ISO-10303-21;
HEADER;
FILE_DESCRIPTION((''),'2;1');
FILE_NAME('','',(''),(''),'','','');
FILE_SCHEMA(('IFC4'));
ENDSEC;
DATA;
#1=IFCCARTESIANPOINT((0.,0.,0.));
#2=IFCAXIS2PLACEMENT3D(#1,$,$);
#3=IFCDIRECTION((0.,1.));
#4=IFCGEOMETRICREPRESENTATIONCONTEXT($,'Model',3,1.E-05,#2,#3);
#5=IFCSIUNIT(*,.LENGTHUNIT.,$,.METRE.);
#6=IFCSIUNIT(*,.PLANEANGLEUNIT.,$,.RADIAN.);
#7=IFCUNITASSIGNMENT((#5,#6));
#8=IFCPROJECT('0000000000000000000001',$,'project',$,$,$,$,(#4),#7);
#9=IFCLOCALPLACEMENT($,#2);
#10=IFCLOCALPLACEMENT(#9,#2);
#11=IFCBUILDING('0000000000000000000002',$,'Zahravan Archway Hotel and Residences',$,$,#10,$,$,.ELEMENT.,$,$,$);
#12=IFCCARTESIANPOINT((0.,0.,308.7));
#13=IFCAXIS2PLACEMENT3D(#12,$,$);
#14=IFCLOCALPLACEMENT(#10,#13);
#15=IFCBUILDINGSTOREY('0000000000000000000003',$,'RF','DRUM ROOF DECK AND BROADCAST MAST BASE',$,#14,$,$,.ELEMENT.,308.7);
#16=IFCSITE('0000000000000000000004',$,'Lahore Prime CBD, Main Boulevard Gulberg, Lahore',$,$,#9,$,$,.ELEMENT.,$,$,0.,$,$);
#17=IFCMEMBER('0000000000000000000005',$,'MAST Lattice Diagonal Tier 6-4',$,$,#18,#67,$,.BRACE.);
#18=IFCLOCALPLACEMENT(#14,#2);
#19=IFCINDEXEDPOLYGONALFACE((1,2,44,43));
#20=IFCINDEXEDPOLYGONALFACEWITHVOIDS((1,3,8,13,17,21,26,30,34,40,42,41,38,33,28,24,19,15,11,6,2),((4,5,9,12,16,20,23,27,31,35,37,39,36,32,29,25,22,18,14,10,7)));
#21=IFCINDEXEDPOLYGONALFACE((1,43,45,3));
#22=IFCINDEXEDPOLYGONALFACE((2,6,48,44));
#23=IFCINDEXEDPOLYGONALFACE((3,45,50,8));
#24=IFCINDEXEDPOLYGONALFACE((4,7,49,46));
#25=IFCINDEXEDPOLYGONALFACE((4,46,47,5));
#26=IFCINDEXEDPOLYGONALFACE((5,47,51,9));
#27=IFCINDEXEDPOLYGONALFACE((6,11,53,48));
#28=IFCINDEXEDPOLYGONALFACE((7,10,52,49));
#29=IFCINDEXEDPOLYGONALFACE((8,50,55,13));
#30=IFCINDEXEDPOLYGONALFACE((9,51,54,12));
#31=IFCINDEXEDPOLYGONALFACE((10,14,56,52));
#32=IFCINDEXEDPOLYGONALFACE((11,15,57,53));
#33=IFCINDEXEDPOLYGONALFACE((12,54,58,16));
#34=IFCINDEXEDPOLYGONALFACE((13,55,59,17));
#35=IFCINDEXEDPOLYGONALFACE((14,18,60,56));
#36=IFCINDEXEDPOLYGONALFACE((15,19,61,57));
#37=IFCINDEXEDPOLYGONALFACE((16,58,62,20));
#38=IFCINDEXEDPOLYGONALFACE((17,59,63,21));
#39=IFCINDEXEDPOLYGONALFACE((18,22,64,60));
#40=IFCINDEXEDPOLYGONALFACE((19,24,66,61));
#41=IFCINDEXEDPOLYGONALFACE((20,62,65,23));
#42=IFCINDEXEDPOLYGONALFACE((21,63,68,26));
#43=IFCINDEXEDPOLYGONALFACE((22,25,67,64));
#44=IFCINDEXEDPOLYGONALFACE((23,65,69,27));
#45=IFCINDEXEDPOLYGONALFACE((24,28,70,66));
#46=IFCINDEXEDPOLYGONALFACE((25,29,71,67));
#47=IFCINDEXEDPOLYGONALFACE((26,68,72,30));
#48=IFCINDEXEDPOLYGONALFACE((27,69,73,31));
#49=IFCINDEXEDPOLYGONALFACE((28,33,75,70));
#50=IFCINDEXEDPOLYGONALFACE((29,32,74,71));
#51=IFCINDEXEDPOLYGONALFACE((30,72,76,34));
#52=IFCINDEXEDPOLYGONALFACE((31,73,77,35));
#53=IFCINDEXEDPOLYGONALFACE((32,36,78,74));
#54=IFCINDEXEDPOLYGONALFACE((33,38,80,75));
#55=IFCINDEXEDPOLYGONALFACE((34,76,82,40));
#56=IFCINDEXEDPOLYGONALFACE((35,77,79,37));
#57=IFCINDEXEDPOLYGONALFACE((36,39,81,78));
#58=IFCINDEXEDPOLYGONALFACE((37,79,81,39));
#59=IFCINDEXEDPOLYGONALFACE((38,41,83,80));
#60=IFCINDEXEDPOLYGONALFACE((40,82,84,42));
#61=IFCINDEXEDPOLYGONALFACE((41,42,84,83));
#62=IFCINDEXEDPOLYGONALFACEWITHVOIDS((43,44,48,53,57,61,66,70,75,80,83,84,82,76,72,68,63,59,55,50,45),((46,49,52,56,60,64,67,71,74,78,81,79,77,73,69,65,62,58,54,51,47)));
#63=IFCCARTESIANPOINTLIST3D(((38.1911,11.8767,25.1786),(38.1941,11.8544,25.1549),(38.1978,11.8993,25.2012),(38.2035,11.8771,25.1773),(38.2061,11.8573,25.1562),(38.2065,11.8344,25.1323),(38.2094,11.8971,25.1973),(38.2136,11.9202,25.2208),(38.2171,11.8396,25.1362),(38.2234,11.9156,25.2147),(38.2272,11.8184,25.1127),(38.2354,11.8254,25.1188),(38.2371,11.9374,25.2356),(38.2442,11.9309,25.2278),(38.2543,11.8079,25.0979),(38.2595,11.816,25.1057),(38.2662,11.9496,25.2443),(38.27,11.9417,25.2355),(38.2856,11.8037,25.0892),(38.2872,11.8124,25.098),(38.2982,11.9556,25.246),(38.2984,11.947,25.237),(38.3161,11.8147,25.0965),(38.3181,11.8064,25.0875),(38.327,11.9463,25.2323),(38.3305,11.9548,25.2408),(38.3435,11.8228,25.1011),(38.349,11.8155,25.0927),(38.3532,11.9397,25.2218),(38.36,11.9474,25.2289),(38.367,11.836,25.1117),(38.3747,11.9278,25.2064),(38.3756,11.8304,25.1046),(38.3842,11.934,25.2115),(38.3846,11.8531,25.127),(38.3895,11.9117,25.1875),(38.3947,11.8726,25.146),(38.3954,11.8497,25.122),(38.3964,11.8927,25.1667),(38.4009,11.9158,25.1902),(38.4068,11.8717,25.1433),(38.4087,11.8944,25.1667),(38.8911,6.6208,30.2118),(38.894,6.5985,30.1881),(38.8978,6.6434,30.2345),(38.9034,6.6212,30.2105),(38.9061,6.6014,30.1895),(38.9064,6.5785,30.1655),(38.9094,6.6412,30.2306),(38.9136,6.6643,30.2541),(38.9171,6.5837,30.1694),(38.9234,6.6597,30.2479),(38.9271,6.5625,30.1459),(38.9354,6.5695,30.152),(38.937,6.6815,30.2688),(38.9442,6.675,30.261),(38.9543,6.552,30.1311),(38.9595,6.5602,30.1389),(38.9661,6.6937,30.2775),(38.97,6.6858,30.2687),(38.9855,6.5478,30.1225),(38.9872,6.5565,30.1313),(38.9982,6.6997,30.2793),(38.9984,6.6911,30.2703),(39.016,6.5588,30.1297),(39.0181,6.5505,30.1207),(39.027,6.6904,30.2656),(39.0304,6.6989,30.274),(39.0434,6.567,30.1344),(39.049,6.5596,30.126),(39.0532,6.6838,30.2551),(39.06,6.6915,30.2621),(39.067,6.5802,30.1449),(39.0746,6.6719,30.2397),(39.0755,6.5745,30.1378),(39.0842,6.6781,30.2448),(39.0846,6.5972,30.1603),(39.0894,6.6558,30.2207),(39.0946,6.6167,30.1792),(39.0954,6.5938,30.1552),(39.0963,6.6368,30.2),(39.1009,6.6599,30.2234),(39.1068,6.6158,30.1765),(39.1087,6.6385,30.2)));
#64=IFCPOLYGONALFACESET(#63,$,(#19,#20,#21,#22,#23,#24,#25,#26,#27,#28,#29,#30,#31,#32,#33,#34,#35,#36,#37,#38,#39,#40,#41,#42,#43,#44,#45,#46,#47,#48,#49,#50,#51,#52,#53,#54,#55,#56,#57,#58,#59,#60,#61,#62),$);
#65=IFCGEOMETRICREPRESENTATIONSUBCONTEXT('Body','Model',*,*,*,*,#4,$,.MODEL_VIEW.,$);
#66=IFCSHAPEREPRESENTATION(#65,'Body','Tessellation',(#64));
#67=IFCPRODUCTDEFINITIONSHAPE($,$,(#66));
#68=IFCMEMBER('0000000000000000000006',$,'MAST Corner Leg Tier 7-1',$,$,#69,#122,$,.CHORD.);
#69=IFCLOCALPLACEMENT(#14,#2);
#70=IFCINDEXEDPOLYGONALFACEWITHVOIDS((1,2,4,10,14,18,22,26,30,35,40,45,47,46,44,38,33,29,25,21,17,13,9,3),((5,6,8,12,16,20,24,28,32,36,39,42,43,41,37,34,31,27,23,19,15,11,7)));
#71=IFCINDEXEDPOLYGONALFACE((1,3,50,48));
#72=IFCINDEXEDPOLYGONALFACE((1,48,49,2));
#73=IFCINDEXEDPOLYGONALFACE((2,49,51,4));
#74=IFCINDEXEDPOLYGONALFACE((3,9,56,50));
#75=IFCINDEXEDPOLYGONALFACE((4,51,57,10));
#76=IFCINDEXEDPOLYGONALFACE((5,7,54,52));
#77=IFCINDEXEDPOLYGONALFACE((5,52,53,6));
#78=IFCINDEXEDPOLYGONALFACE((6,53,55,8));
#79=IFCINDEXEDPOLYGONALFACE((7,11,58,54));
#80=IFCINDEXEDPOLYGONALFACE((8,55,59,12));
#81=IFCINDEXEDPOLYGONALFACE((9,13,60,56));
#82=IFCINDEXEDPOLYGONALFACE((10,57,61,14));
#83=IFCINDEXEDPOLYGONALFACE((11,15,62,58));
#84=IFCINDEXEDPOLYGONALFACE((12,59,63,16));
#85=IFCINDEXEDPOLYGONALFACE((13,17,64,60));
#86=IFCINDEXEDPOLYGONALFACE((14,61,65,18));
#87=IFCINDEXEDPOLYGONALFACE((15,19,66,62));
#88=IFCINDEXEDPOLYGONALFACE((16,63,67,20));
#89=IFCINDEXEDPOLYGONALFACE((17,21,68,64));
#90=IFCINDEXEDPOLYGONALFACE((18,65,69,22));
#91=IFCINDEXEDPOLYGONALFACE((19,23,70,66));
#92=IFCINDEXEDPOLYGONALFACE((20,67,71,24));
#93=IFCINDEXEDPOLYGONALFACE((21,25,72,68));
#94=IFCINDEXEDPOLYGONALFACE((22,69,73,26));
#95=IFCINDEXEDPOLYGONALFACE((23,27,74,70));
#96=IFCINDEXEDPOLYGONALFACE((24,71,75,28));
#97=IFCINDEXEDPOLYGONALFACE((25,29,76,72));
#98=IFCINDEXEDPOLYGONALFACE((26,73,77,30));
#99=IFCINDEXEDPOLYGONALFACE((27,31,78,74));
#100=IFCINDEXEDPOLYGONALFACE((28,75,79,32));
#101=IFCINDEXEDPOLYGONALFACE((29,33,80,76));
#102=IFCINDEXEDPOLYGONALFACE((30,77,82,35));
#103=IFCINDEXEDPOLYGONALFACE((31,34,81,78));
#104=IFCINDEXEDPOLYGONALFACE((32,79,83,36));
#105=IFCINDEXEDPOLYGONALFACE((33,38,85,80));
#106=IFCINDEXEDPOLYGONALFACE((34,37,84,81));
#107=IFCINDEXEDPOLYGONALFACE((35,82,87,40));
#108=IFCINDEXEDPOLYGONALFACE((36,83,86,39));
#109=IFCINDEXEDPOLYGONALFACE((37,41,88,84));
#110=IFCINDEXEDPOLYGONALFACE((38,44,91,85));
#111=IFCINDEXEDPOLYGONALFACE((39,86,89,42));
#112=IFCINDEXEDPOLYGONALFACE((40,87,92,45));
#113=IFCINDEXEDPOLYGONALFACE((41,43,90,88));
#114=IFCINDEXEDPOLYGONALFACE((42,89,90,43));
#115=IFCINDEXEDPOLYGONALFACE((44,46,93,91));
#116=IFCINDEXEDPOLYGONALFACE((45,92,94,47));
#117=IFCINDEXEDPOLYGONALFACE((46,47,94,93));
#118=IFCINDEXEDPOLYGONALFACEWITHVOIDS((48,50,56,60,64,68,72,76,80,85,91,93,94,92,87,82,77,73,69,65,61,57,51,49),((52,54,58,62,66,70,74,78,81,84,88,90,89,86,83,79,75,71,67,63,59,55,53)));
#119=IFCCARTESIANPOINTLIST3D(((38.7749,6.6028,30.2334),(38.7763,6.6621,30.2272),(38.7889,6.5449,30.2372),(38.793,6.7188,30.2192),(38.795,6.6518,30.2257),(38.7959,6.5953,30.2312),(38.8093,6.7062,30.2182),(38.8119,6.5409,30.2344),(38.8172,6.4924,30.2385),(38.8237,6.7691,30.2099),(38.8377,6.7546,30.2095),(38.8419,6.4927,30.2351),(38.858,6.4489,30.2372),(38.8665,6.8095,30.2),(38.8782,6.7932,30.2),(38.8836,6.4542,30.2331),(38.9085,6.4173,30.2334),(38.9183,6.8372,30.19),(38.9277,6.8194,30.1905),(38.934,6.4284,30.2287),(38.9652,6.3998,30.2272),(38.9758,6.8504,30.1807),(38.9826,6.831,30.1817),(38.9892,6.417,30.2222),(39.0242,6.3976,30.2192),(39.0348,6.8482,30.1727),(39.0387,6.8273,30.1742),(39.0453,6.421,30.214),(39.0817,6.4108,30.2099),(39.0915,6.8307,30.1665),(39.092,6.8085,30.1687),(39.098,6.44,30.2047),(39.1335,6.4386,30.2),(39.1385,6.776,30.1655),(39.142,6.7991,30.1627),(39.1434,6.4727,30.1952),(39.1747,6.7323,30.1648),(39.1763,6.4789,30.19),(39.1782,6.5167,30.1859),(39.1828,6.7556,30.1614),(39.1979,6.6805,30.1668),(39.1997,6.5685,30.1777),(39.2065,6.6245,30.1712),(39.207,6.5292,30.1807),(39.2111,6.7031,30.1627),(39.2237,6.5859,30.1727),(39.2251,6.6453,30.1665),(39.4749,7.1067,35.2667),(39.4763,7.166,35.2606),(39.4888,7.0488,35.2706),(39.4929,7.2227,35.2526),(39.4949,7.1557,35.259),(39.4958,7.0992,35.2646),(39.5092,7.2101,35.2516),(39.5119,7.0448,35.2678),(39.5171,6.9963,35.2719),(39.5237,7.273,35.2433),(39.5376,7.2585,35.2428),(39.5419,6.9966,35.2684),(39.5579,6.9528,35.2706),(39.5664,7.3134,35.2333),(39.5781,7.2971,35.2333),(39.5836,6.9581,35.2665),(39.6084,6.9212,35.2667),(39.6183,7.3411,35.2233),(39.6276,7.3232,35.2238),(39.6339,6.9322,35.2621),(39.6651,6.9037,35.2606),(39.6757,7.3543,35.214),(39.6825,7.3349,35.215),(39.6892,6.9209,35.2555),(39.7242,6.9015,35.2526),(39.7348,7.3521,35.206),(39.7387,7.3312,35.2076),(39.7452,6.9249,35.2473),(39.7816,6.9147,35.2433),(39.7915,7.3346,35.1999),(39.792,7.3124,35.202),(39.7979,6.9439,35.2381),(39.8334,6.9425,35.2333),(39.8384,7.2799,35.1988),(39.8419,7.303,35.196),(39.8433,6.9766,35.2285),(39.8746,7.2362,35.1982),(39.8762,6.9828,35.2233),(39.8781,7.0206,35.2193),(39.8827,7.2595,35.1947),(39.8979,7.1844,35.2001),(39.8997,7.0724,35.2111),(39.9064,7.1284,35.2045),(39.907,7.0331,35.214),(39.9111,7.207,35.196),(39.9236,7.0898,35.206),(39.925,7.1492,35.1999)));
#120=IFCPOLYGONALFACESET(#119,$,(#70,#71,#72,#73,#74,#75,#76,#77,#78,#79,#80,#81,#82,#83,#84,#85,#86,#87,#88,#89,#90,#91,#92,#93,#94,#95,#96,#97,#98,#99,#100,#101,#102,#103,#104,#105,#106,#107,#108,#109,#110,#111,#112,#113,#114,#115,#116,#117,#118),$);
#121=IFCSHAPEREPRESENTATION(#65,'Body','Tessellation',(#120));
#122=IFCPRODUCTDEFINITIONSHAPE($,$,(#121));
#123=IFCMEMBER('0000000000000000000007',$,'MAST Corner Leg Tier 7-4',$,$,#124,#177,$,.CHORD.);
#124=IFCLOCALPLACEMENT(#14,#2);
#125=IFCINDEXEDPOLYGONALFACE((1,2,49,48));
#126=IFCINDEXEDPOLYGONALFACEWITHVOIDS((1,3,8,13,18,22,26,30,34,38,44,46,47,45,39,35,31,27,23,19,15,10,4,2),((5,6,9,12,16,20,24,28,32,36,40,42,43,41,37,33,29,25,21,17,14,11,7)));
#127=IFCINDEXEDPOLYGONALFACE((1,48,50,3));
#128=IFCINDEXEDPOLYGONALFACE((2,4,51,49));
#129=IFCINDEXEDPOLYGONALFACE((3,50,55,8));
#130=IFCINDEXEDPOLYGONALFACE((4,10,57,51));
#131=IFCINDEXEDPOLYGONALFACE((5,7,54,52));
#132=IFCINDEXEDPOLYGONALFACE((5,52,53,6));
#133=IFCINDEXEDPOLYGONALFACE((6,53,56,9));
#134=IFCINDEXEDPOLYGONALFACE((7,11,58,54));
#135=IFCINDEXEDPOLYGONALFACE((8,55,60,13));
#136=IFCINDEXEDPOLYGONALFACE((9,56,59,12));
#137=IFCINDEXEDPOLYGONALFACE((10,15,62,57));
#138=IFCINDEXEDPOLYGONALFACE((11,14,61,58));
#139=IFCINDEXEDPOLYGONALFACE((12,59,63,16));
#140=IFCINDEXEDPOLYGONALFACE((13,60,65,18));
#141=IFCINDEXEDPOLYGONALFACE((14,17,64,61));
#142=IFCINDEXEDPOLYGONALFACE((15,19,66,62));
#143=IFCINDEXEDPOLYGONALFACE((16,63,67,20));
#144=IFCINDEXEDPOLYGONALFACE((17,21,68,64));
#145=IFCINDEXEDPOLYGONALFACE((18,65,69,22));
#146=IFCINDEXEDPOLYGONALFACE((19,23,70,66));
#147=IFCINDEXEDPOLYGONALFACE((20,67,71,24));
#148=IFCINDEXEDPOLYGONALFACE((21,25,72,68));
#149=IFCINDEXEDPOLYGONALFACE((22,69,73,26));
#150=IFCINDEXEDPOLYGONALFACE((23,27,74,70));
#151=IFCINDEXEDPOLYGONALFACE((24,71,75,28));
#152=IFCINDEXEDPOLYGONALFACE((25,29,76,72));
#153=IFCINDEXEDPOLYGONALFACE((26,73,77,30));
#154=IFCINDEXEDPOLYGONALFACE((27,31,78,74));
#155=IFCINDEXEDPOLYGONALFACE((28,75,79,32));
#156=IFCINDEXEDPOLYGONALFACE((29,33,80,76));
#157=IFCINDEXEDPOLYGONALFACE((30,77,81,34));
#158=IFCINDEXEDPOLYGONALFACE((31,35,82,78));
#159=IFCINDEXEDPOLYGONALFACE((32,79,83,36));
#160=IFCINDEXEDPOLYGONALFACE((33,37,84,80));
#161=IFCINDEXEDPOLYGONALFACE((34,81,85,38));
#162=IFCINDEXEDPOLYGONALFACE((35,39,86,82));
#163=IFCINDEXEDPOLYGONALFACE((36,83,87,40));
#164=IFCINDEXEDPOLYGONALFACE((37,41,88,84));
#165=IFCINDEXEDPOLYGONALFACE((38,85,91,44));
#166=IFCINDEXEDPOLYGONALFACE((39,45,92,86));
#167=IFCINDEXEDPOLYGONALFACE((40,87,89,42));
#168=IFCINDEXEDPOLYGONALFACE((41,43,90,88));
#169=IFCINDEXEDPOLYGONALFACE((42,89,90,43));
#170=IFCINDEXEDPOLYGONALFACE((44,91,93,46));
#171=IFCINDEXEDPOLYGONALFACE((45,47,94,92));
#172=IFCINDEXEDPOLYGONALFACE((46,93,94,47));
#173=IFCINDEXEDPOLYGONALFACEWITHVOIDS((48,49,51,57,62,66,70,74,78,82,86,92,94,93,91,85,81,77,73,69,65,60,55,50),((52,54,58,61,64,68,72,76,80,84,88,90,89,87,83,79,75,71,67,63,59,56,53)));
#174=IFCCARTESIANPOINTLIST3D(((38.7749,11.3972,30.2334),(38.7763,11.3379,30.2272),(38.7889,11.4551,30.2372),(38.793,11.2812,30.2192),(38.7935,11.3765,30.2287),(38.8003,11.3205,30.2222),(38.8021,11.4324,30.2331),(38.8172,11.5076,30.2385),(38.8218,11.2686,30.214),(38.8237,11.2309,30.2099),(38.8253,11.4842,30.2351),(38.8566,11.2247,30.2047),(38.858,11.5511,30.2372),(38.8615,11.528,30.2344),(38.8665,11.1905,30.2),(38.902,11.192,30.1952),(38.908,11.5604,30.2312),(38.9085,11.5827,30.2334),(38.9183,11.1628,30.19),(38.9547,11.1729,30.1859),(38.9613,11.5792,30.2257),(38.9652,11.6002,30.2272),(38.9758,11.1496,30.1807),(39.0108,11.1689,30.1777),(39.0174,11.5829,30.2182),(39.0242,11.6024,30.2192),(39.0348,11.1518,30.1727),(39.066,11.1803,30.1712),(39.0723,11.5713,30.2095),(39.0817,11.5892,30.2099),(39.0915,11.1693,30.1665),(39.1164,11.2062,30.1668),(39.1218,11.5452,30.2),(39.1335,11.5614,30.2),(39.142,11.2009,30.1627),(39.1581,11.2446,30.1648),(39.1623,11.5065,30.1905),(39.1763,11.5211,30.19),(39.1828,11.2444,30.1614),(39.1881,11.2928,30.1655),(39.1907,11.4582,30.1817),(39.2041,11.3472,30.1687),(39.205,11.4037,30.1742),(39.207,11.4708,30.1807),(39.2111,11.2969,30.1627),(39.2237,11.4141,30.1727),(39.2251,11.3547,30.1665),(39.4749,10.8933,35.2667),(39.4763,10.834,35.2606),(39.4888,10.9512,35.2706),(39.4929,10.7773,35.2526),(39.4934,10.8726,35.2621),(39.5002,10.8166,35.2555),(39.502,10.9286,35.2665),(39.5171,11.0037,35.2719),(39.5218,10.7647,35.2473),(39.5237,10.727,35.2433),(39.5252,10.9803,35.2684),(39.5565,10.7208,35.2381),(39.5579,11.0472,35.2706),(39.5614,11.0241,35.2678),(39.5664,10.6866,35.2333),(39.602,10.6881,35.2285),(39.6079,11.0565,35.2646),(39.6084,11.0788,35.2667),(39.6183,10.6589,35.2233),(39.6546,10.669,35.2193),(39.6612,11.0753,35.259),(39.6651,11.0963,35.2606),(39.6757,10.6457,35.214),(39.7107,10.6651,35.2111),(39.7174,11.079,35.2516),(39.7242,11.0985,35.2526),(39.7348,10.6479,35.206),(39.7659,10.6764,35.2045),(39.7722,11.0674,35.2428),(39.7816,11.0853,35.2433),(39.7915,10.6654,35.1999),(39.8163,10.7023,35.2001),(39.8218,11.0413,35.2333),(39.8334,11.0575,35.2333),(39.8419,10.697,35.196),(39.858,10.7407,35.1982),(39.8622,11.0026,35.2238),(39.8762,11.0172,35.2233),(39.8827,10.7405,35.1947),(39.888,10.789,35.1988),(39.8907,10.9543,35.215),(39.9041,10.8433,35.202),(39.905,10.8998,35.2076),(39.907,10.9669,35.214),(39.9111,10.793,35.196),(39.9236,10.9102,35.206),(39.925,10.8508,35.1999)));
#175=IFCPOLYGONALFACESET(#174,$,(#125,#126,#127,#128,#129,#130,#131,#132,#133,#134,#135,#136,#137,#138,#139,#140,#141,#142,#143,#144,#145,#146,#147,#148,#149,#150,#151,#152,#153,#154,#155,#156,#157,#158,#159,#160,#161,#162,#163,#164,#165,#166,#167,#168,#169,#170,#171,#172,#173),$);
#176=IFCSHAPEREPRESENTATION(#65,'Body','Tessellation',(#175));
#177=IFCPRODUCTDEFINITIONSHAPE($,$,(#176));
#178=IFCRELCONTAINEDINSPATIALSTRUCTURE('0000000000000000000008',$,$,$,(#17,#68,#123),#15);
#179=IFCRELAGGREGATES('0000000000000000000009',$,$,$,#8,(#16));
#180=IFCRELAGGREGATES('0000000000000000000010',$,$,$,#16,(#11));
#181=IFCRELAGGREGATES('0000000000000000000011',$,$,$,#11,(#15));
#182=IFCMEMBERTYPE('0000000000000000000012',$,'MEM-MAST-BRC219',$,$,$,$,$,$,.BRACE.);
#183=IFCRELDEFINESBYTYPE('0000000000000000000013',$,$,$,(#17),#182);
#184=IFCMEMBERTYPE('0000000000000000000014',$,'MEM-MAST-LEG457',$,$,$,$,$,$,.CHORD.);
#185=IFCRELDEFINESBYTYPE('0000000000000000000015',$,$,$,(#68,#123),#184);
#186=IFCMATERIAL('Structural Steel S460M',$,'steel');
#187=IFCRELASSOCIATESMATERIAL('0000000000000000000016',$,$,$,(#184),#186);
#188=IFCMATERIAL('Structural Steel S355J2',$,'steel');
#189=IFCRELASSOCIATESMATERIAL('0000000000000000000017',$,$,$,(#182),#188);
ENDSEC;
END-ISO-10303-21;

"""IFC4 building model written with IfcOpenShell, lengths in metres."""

from ifc_helpers import new_model, si_unit, direction, frame, origin, origin_2d, place, context, subcontext, project, spatial, hollow_circle, extrude, source, transform, mapped, material, material_profile, profile_set, type_object, element, save


model = new_model("IFC4")

# Units and contexts
model_context = context("Model", 3, precision=1e-05, world=origin(), true_north=direction((0.0, 1.0)))
body_context = subcontext(model_context, "Body", "Model", "MODEL_VIEW")
ifc_project = project(units=[si_unit("LENGTHUNIT", "METRE"), si_unit("PLANEANGLEUNIT", "RADIAN")], contexts=[model_context])

# Site, building, storey
site_placement = place(None, origin())
site = spatial("IfcSite", under=ifc_project, at=site_placement, Name="Lahore Prime CBD, Main Boulevard Gulberg, Lahore", CompositionType="ELEMENT", RefElevation=0.0)
building_placement = place(site_placement, origin())
building = spatial("IfcBuilding", under=site, at=building_placement, Name="Zahravan Archway Hotel and Residences", CompositionType="ELEMENT")
storey_placement = place(building_placement, frame((0.0, 0.0, 308.7)))
storey = spatial("IfcBuildingStorey", under=building, at=storey_placement, Name="RF", Description="DRUM ROOF DECK AND BROADCAST MAST BASE", CompositionType="ELEMENT", Elevation=308.7)

# Members
ifc_material_1 = material(Name="Structural Steel S460M", Category="steel")
ifc_material_profile_1 = material_profile(ifc_material_1, hollow_circle(Radius=0.2285, WallThickness=0.02, at=origin_2d()), Name="CHS 457x20", Category="steel")
ifc_profile_set_1 = profile_set([ifc_material_profile_1], Name="Structural Steel S460M")
member_type_1 = type_object("IfcMemberType", Name="MEM-MAST-LEG457", PredefinedType="CHORD", material=ifc_profile_set_1)
ifc_material_2 = material(Name="Structural Steel S355J2", Category="steel")
ifc_material_profile_2 = material_profile(ifc_material_2, hollow_circle(Radius=0.1096, WallThickness=0.0125, at=origin_2d()), Name="CHS 219.1x12.5", Category="steel")
ifc_profile_set_2 = profile_set([ifc_material_profile_2], Name="Structural Steel S355J2")
member_type_2 = type_object("IfcMemberType", Name="MEM-MAST-BRC219", PredefinedType="BRACE", material=ifc_profile_set_2)
shared_shape_1 = source(origin(), body_context, "Body", "SweptSolid", [
    extrude(hollow_circle(Radius=0.1096, WallThickness=0.0125, at=origin_2d()), origin(), (0.0, 0.0, 1.0), 7.3108),
])
member_1_placement = place(storey_placement, frame((38.3, 11.8799, 25.1667), z_axis=(0.095743, -0.718922, 0.688466), x_axis=(0.991248, 0.13201, 0.0)))
element("IfcMember", 1, at=member_1_placement, inside=storey, type_object=member_type_2, Name="MAST Lattice Diagonal Tier 6-4", PredefinedType="BRACE", context=body_context, shape_type="MappedRepresentation", body=[
    mapped(shared_shape_1, transform((0.0, 0.0, 0.0), scale=1.0)),
])
shared_shape_2 = source(origin(), body_context, "Body", "SweptSolid", [
    extrude(hollow_circle(Radius=0.2285, WallThickness=0.02, at=origin_2d()), origin(), (0.0, 0.0, 1.0), 5.1067),
])
for number, where, z_axis, x_axis, name in (
    (2, (39.0, 6.624, 30.2), (0.137062, 0.098674, 0.985636), (-0.58426, 0.811567, 0.0), "MAST Corner Leg Tier 7-1"),
    (3, (39.0, 11.376, 30.2), (0.137062, -0.098674, 0.985636), (0.58426, 0.811567, 0.0), "MAST Corner Leg Tier 7-4"),
):
    element("IfcMember", number, at=place(storey_placement, frame(where, z_axis=z_axis, x_axis=x_axis)), inside=storey, type_object=member_type_1, Name=name, PredefinedType="CHORD", context=body_context, shape_type="MappedRepresentation", body=[
        mapped(shared_shape_2, transform((0.0, 0.0, 0.0), scale=1.0)),
    ])

save(model, "model.ifc")
